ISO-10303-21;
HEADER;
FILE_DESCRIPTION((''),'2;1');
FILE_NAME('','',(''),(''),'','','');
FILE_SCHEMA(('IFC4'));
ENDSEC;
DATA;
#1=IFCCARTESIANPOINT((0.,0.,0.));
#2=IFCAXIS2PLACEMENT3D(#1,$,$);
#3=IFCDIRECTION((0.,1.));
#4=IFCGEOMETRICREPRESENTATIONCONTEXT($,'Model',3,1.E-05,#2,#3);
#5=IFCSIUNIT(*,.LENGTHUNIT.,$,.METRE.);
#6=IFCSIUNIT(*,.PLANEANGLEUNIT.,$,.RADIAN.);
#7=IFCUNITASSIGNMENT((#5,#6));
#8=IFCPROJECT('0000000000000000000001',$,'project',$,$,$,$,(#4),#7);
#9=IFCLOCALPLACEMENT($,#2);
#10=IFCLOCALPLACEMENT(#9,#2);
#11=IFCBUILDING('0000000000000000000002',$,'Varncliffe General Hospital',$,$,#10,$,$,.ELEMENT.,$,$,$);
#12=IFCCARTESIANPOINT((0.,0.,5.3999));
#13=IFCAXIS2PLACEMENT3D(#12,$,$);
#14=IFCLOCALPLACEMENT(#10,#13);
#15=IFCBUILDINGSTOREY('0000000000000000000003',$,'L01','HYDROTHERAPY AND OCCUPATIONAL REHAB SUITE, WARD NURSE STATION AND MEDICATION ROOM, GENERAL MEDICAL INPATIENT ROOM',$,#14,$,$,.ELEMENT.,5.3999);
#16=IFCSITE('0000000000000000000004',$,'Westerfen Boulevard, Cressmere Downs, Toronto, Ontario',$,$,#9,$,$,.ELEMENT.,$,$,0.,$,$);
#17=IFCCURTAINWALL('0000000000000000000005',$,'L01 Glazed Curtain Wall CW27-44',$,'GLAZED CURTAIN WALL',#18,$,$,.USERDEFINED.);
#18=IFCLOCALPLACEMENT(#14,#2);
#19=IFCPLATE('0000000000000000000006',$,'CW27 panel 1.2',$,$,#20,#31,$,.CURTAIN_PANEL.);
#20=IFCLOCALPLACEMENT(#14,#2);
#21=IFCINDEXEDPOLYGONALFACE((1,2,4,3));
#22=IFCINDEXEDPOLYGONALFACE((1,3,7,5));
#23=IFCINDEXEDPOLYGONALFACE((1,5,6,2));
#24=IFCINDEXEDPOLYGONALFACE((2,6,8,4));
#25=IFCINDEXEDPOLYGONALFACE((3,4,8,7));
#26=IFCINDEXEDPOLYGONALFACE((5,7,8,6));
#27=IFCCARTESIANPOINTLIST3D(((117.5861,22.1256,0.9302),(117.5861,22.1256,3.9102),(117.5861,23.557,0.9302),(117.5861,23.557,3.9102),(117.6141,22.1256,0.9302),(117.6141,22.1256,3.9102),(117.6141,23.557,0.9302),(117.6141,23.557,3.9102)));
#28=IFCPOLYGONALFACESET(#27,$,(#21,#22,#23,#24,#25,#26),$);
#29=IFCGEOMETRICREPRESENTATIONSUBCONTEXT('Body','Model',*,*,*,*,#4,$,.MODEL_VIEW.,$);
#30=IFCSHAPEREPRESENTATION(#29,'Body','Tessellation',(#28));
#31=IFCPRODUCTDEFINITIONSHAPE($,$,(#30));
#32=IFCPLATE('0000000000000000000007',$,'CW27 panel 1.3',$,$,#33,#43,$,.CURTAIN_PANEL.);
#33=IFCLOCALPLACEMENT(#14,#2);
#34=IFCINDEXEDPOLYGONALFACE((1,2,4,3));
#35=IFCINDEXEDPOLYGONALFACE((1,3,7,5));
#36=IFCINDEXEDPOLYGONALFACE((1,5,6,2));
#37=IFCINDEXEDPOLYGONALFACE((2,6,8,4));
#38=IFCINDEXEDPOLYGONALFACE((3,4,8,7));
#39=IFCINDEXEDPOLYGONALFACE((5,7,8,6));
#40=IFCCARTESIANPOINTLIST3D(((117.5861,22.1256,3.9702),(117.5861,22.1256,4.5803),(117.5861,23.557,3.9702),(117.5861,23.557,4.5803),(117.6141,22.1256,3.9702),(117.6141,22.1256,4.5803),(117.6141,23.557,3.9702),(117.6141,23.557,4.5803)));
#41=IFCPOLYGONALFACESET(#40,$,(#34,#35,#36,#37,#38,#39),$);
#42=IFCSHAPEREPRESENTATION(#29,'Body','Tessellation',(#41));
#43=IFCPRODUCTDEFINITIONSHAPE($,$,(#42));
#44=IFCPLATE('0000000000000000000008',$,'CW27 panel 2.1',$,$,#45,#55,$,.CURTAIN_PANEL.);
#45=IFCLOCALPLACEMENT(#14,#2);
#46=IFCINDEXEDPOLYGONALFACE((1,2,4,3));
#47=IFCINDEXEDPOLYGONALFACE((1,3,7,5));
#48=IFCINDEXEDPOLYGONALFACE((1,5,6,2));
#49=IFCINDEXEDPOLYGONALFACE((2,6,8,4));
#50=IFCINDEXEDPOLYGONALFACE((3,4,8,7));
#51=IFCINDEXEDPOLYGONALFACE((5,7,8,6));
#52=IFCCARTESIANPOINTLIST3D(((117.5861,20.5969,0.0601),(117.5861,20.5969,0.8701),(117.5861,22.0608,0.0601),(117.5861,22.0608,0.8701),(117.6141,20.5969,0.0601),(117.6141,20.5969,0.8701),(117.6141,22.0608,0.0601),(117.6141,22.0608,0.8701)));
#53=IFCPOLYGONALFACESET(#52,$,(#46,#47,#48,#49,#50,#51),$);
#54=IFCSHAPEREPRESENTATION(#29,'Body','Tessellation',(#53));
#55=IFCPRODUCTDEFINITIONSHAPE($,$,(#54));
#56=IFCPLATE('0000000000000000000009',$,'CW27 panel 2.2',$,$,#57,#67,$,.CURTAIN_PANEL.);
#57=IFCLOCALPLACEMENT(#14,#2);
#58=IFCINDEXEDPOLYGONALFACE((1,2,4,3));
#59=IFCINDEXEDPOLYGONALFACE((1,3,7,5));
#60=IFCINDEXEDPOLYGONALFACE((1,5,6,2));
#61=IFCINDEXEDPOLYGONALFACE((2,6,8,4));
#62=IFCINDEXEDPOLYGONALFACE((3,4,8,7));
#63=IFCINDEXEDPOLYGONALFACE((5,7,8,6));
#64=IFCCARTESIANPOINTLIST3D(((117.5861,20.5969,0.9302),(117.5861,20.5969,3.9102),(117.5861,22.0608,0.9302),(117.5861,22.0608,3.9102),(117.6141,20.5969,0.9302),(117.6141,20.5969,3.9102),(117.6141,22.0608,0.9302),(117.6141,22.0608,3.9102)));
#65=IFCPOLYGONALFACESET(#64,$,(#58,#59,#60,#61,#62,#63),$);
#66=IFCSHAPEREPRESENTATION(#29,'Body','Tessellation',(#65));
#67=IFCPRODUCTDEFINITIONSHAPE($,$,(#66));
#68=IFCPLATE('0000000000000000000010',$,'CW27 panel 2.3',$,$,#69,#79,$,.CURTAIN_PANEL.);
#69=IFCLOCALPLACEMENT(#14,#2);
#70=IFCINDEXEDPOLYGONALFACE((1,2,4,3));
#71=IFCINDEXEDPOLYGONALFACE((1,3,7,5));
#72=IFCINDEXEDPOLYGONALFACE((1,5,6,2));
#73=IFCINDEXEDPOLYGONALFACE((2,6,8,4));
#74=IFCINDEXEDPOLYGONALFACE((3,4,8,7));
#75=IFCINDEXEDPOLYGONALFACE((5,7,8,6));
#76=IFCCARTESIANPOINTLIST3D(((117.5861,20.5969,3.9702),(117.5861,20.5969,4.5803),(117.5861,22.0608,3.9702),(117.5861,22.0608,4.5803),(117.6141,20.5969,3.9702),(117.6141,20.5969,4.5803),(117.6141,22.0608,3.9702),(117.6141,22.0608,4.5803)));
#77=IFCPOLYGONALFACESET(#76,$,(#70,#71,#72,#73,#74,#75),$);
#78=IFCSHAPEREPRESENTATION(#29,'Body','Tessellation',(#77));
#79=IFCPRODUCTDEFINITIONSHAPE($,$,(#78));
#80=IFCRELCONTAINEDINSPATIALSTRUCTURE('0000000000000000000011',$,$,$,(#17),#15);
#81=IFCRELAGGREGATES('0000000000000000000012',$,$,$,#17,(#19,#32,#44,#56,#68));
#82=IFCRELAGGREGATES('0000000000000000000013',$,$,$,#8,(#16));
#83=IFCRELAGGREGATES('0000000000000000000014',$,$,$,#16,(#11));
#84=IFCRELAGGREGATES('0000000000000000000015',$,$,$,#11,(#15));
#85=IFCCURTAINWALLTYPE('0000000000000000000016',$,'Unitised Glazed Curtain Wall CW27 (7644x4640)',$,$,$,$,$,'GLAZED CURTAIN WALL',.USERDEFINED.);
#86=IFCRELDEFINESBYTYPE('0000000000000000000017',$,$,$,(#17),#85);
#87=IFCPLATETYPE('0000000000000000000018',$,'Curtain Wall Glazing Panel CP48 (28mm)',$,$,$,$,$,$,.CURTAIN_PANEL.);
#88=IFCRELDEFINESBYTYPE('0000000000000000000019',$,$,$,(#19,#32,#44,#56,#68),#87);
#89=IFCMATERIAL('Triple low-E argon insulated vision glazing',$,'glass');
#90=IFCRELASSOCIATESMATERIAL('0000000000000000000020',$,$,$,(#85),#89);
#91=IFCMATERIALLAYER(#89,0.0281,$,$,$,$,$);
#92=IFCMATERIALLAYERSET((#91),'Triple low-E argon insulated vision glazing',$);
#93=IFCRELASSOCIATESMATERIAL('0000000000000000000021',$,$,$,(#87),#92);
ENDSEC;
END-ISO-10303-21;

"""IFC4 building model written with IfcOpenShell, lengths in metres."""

from ifc_helpers import new_model, si_unit, direction, frame, origin, origin_2d, place, context, subcontext, project, spatial, rectangle, extrude, material, layer, layer_set, type_object, element, aggregate, save


model = new_model("IFC4")

# Units and contexts
model_context = context("Model", 3, precision=1e-05, world=origin(), true_north=direction((0.0, 1.0)))
body_context = subcontext(model_context, "Body", "Model", "MODEL_VIEW")
ifc_project = project(units=[si_unit("LENGTHUNIT", "METRE"), si_unit("PLANEANGLEUNIT", "RADIAN")], contexts=[model_context])

# Site, building, storey
site_placement = place(None, origin())
site = spatial("IfcSite", under=ifc_project, at=site_placement, Name="Westerfen Boulevard, Cressmere Downs, Toronto, Ontario", CompositionType="ELEMENT", RefElevation=0.0)
building_placement = place(site_placement, origin())
building = spatial("IfcBuilding", under=site, at=building_placement, Name="Varncliffe General Hospital", CompositionType="ELEMENT")
storey_placement = place(building_placement, frame((0.0, 0.0, 5.3999)))
storey = spatial("IfcBuildingStorey", under=building, at=storey_placement, Name="L01", Description="HYDROTHERAPY AND OCCUPATIONAL REHAB SUITE, WARD NURSE STATION AND MEDICATION ROOM, GENERAL MEDICAL INPATIENT ROOM", CompositionType="ELEMENT", Elevation=5.3999)

# Curtain wall, plates
ifc_material_1 = material(Name="Triple low-E argon insulated vision glazing", Category="glass")
curtain_wall_type = type_object("IfcCurtainWallType", Name="Unitised Glazed Curtain Wall CW27 (7644x4640)", ElementType="GLAZED CURTAIN WALL", PredefinedType="USERDEFINED", material=ifc_material_1)
curtain_wall_placement = place(storey_placement, origin())
curtain_wall = element("IfcCurtainWall", 1, at=curtain_wall_placement, inside=storey, type_object=curtain_wall_type, Name="L01 Glazed Curtain Wall CW27-44", ObjectType="GLAZED CURTAIN WALL", PredefinedType="USERDEFINED")
ifc_layer = layer(ifc_material_1, 0.0281)
ifc_layer_set = layer_set([ifc_layer], Name="Triple low-E argon insulated vision glazing")
plate_type = type_object("IfcPlateType", Name="Curtain Wall Glazing Panel CP48 (28mm)", PredefinedType="CURTAIN_PANEL", material=ifc_layer_set)
plate_1_placement = place(storey_placement, frame((117.6001, 22.8413, 0.9302), z_axis=(0.0, 0.0, 1.0), x_axis=(0.0, -1.0, 0.0)))
plate_1 = element("IfcPlate", 2, at=plate_1_placement, type_object=plate_type, Name="CW27 panel 1.2", PredefinedType="CURTAIN_PANEL", context=body_context, shape_type="SweptSolid", body=[
    extrude(rectangle(XDim=1.4314, YDim=0.0281, at=origin_2d()), origin(), (0.0, 0.0, 1.0), 2.98),
])
plate_2_placement = place(storey_placement, frame((117.6001, 22.8413, 3.9702), z_axis=(0.0, 0.0, 1.0), x_axis=(0.0, -1.0, 0.0)))
plate_2 = element("IfcPlate", 3, at=plate_2_placement, type_object=plate_type, Name="CW27 panel 1.3", PredefinedType="CURTAIN_PANEL", context=body_context, shape_type="SweptSolid", body=[
    extrude(rectangle(XDim=1.4314, YDim=0.0281, at=origin_2d()), origin(), (0.0, 0.0, 1.0), 0.6101),
])
plate_3_placement = place(storey_placement, frame((117.6001, 21.3289, 0.0601), z_axis=(0.0, 0.0, 1.0), x_axis=(0.0, -1.0, 0.0)))
plate_3 = element("IfcPlate", 4, at=plate_3_placement, type_object=plate_type, Name="CW27 panel 2.1", PredefinedType="CURTAIN_PANEL", context=body_context, shape_type="SweptSolid", body=[
    extrude(rectangle(XDim=1.4639, YDim=0.0281, at=origin_2d()), origin(), (0.0, 0.0, 1.0), 0.8101),
])
plate_4_placement = place(storey_placement, frame((117.6001, 21.3289, 0.9302), z_axis=(0.0, 0.0, 1.0), x_axis=(0.0, -1.0, 0.0)))
plate_4 = element("IfcPlate", 5, at=plate_4_placement, type_object=plate_type, Name="CW27 panel 2.2", PredefinedType="CURTAIN_PANEL", context=body_context, shape_type="SweptSolid", body=[
    extrude(rectangle(XDim=1.4639, YDim=0.0281, at=origin_2d()), origin(), (0.0, 0.0, 1.0), 2.98),
])
plate_5_placement = place(storey_placement, frame((117.6001, 21.3289, 3.9702), z_axis=(0.0, 0.0, 1.0), x_axis=(0.0, -1.0, 0.0)))
plate_5 = element("IfcPlate", 6, at=plate_5_placement, type_object=plate_type, Name="CW27 panel 2.3", PredefinedType="CURTAIN_PANEL", context=body_context, shape_type="SweptSolid", body=[
    extrude(rectangle(XDim=1.4639, YDim=0.0281, at=origin_2d()), origin(), (0.0, 0.0, 1.0), 0.6101),
])
aggregate(curtain_wall, [plate_1, plate_2, plate_3, plate_4, plate_5])

save(model, "model.ifc")
